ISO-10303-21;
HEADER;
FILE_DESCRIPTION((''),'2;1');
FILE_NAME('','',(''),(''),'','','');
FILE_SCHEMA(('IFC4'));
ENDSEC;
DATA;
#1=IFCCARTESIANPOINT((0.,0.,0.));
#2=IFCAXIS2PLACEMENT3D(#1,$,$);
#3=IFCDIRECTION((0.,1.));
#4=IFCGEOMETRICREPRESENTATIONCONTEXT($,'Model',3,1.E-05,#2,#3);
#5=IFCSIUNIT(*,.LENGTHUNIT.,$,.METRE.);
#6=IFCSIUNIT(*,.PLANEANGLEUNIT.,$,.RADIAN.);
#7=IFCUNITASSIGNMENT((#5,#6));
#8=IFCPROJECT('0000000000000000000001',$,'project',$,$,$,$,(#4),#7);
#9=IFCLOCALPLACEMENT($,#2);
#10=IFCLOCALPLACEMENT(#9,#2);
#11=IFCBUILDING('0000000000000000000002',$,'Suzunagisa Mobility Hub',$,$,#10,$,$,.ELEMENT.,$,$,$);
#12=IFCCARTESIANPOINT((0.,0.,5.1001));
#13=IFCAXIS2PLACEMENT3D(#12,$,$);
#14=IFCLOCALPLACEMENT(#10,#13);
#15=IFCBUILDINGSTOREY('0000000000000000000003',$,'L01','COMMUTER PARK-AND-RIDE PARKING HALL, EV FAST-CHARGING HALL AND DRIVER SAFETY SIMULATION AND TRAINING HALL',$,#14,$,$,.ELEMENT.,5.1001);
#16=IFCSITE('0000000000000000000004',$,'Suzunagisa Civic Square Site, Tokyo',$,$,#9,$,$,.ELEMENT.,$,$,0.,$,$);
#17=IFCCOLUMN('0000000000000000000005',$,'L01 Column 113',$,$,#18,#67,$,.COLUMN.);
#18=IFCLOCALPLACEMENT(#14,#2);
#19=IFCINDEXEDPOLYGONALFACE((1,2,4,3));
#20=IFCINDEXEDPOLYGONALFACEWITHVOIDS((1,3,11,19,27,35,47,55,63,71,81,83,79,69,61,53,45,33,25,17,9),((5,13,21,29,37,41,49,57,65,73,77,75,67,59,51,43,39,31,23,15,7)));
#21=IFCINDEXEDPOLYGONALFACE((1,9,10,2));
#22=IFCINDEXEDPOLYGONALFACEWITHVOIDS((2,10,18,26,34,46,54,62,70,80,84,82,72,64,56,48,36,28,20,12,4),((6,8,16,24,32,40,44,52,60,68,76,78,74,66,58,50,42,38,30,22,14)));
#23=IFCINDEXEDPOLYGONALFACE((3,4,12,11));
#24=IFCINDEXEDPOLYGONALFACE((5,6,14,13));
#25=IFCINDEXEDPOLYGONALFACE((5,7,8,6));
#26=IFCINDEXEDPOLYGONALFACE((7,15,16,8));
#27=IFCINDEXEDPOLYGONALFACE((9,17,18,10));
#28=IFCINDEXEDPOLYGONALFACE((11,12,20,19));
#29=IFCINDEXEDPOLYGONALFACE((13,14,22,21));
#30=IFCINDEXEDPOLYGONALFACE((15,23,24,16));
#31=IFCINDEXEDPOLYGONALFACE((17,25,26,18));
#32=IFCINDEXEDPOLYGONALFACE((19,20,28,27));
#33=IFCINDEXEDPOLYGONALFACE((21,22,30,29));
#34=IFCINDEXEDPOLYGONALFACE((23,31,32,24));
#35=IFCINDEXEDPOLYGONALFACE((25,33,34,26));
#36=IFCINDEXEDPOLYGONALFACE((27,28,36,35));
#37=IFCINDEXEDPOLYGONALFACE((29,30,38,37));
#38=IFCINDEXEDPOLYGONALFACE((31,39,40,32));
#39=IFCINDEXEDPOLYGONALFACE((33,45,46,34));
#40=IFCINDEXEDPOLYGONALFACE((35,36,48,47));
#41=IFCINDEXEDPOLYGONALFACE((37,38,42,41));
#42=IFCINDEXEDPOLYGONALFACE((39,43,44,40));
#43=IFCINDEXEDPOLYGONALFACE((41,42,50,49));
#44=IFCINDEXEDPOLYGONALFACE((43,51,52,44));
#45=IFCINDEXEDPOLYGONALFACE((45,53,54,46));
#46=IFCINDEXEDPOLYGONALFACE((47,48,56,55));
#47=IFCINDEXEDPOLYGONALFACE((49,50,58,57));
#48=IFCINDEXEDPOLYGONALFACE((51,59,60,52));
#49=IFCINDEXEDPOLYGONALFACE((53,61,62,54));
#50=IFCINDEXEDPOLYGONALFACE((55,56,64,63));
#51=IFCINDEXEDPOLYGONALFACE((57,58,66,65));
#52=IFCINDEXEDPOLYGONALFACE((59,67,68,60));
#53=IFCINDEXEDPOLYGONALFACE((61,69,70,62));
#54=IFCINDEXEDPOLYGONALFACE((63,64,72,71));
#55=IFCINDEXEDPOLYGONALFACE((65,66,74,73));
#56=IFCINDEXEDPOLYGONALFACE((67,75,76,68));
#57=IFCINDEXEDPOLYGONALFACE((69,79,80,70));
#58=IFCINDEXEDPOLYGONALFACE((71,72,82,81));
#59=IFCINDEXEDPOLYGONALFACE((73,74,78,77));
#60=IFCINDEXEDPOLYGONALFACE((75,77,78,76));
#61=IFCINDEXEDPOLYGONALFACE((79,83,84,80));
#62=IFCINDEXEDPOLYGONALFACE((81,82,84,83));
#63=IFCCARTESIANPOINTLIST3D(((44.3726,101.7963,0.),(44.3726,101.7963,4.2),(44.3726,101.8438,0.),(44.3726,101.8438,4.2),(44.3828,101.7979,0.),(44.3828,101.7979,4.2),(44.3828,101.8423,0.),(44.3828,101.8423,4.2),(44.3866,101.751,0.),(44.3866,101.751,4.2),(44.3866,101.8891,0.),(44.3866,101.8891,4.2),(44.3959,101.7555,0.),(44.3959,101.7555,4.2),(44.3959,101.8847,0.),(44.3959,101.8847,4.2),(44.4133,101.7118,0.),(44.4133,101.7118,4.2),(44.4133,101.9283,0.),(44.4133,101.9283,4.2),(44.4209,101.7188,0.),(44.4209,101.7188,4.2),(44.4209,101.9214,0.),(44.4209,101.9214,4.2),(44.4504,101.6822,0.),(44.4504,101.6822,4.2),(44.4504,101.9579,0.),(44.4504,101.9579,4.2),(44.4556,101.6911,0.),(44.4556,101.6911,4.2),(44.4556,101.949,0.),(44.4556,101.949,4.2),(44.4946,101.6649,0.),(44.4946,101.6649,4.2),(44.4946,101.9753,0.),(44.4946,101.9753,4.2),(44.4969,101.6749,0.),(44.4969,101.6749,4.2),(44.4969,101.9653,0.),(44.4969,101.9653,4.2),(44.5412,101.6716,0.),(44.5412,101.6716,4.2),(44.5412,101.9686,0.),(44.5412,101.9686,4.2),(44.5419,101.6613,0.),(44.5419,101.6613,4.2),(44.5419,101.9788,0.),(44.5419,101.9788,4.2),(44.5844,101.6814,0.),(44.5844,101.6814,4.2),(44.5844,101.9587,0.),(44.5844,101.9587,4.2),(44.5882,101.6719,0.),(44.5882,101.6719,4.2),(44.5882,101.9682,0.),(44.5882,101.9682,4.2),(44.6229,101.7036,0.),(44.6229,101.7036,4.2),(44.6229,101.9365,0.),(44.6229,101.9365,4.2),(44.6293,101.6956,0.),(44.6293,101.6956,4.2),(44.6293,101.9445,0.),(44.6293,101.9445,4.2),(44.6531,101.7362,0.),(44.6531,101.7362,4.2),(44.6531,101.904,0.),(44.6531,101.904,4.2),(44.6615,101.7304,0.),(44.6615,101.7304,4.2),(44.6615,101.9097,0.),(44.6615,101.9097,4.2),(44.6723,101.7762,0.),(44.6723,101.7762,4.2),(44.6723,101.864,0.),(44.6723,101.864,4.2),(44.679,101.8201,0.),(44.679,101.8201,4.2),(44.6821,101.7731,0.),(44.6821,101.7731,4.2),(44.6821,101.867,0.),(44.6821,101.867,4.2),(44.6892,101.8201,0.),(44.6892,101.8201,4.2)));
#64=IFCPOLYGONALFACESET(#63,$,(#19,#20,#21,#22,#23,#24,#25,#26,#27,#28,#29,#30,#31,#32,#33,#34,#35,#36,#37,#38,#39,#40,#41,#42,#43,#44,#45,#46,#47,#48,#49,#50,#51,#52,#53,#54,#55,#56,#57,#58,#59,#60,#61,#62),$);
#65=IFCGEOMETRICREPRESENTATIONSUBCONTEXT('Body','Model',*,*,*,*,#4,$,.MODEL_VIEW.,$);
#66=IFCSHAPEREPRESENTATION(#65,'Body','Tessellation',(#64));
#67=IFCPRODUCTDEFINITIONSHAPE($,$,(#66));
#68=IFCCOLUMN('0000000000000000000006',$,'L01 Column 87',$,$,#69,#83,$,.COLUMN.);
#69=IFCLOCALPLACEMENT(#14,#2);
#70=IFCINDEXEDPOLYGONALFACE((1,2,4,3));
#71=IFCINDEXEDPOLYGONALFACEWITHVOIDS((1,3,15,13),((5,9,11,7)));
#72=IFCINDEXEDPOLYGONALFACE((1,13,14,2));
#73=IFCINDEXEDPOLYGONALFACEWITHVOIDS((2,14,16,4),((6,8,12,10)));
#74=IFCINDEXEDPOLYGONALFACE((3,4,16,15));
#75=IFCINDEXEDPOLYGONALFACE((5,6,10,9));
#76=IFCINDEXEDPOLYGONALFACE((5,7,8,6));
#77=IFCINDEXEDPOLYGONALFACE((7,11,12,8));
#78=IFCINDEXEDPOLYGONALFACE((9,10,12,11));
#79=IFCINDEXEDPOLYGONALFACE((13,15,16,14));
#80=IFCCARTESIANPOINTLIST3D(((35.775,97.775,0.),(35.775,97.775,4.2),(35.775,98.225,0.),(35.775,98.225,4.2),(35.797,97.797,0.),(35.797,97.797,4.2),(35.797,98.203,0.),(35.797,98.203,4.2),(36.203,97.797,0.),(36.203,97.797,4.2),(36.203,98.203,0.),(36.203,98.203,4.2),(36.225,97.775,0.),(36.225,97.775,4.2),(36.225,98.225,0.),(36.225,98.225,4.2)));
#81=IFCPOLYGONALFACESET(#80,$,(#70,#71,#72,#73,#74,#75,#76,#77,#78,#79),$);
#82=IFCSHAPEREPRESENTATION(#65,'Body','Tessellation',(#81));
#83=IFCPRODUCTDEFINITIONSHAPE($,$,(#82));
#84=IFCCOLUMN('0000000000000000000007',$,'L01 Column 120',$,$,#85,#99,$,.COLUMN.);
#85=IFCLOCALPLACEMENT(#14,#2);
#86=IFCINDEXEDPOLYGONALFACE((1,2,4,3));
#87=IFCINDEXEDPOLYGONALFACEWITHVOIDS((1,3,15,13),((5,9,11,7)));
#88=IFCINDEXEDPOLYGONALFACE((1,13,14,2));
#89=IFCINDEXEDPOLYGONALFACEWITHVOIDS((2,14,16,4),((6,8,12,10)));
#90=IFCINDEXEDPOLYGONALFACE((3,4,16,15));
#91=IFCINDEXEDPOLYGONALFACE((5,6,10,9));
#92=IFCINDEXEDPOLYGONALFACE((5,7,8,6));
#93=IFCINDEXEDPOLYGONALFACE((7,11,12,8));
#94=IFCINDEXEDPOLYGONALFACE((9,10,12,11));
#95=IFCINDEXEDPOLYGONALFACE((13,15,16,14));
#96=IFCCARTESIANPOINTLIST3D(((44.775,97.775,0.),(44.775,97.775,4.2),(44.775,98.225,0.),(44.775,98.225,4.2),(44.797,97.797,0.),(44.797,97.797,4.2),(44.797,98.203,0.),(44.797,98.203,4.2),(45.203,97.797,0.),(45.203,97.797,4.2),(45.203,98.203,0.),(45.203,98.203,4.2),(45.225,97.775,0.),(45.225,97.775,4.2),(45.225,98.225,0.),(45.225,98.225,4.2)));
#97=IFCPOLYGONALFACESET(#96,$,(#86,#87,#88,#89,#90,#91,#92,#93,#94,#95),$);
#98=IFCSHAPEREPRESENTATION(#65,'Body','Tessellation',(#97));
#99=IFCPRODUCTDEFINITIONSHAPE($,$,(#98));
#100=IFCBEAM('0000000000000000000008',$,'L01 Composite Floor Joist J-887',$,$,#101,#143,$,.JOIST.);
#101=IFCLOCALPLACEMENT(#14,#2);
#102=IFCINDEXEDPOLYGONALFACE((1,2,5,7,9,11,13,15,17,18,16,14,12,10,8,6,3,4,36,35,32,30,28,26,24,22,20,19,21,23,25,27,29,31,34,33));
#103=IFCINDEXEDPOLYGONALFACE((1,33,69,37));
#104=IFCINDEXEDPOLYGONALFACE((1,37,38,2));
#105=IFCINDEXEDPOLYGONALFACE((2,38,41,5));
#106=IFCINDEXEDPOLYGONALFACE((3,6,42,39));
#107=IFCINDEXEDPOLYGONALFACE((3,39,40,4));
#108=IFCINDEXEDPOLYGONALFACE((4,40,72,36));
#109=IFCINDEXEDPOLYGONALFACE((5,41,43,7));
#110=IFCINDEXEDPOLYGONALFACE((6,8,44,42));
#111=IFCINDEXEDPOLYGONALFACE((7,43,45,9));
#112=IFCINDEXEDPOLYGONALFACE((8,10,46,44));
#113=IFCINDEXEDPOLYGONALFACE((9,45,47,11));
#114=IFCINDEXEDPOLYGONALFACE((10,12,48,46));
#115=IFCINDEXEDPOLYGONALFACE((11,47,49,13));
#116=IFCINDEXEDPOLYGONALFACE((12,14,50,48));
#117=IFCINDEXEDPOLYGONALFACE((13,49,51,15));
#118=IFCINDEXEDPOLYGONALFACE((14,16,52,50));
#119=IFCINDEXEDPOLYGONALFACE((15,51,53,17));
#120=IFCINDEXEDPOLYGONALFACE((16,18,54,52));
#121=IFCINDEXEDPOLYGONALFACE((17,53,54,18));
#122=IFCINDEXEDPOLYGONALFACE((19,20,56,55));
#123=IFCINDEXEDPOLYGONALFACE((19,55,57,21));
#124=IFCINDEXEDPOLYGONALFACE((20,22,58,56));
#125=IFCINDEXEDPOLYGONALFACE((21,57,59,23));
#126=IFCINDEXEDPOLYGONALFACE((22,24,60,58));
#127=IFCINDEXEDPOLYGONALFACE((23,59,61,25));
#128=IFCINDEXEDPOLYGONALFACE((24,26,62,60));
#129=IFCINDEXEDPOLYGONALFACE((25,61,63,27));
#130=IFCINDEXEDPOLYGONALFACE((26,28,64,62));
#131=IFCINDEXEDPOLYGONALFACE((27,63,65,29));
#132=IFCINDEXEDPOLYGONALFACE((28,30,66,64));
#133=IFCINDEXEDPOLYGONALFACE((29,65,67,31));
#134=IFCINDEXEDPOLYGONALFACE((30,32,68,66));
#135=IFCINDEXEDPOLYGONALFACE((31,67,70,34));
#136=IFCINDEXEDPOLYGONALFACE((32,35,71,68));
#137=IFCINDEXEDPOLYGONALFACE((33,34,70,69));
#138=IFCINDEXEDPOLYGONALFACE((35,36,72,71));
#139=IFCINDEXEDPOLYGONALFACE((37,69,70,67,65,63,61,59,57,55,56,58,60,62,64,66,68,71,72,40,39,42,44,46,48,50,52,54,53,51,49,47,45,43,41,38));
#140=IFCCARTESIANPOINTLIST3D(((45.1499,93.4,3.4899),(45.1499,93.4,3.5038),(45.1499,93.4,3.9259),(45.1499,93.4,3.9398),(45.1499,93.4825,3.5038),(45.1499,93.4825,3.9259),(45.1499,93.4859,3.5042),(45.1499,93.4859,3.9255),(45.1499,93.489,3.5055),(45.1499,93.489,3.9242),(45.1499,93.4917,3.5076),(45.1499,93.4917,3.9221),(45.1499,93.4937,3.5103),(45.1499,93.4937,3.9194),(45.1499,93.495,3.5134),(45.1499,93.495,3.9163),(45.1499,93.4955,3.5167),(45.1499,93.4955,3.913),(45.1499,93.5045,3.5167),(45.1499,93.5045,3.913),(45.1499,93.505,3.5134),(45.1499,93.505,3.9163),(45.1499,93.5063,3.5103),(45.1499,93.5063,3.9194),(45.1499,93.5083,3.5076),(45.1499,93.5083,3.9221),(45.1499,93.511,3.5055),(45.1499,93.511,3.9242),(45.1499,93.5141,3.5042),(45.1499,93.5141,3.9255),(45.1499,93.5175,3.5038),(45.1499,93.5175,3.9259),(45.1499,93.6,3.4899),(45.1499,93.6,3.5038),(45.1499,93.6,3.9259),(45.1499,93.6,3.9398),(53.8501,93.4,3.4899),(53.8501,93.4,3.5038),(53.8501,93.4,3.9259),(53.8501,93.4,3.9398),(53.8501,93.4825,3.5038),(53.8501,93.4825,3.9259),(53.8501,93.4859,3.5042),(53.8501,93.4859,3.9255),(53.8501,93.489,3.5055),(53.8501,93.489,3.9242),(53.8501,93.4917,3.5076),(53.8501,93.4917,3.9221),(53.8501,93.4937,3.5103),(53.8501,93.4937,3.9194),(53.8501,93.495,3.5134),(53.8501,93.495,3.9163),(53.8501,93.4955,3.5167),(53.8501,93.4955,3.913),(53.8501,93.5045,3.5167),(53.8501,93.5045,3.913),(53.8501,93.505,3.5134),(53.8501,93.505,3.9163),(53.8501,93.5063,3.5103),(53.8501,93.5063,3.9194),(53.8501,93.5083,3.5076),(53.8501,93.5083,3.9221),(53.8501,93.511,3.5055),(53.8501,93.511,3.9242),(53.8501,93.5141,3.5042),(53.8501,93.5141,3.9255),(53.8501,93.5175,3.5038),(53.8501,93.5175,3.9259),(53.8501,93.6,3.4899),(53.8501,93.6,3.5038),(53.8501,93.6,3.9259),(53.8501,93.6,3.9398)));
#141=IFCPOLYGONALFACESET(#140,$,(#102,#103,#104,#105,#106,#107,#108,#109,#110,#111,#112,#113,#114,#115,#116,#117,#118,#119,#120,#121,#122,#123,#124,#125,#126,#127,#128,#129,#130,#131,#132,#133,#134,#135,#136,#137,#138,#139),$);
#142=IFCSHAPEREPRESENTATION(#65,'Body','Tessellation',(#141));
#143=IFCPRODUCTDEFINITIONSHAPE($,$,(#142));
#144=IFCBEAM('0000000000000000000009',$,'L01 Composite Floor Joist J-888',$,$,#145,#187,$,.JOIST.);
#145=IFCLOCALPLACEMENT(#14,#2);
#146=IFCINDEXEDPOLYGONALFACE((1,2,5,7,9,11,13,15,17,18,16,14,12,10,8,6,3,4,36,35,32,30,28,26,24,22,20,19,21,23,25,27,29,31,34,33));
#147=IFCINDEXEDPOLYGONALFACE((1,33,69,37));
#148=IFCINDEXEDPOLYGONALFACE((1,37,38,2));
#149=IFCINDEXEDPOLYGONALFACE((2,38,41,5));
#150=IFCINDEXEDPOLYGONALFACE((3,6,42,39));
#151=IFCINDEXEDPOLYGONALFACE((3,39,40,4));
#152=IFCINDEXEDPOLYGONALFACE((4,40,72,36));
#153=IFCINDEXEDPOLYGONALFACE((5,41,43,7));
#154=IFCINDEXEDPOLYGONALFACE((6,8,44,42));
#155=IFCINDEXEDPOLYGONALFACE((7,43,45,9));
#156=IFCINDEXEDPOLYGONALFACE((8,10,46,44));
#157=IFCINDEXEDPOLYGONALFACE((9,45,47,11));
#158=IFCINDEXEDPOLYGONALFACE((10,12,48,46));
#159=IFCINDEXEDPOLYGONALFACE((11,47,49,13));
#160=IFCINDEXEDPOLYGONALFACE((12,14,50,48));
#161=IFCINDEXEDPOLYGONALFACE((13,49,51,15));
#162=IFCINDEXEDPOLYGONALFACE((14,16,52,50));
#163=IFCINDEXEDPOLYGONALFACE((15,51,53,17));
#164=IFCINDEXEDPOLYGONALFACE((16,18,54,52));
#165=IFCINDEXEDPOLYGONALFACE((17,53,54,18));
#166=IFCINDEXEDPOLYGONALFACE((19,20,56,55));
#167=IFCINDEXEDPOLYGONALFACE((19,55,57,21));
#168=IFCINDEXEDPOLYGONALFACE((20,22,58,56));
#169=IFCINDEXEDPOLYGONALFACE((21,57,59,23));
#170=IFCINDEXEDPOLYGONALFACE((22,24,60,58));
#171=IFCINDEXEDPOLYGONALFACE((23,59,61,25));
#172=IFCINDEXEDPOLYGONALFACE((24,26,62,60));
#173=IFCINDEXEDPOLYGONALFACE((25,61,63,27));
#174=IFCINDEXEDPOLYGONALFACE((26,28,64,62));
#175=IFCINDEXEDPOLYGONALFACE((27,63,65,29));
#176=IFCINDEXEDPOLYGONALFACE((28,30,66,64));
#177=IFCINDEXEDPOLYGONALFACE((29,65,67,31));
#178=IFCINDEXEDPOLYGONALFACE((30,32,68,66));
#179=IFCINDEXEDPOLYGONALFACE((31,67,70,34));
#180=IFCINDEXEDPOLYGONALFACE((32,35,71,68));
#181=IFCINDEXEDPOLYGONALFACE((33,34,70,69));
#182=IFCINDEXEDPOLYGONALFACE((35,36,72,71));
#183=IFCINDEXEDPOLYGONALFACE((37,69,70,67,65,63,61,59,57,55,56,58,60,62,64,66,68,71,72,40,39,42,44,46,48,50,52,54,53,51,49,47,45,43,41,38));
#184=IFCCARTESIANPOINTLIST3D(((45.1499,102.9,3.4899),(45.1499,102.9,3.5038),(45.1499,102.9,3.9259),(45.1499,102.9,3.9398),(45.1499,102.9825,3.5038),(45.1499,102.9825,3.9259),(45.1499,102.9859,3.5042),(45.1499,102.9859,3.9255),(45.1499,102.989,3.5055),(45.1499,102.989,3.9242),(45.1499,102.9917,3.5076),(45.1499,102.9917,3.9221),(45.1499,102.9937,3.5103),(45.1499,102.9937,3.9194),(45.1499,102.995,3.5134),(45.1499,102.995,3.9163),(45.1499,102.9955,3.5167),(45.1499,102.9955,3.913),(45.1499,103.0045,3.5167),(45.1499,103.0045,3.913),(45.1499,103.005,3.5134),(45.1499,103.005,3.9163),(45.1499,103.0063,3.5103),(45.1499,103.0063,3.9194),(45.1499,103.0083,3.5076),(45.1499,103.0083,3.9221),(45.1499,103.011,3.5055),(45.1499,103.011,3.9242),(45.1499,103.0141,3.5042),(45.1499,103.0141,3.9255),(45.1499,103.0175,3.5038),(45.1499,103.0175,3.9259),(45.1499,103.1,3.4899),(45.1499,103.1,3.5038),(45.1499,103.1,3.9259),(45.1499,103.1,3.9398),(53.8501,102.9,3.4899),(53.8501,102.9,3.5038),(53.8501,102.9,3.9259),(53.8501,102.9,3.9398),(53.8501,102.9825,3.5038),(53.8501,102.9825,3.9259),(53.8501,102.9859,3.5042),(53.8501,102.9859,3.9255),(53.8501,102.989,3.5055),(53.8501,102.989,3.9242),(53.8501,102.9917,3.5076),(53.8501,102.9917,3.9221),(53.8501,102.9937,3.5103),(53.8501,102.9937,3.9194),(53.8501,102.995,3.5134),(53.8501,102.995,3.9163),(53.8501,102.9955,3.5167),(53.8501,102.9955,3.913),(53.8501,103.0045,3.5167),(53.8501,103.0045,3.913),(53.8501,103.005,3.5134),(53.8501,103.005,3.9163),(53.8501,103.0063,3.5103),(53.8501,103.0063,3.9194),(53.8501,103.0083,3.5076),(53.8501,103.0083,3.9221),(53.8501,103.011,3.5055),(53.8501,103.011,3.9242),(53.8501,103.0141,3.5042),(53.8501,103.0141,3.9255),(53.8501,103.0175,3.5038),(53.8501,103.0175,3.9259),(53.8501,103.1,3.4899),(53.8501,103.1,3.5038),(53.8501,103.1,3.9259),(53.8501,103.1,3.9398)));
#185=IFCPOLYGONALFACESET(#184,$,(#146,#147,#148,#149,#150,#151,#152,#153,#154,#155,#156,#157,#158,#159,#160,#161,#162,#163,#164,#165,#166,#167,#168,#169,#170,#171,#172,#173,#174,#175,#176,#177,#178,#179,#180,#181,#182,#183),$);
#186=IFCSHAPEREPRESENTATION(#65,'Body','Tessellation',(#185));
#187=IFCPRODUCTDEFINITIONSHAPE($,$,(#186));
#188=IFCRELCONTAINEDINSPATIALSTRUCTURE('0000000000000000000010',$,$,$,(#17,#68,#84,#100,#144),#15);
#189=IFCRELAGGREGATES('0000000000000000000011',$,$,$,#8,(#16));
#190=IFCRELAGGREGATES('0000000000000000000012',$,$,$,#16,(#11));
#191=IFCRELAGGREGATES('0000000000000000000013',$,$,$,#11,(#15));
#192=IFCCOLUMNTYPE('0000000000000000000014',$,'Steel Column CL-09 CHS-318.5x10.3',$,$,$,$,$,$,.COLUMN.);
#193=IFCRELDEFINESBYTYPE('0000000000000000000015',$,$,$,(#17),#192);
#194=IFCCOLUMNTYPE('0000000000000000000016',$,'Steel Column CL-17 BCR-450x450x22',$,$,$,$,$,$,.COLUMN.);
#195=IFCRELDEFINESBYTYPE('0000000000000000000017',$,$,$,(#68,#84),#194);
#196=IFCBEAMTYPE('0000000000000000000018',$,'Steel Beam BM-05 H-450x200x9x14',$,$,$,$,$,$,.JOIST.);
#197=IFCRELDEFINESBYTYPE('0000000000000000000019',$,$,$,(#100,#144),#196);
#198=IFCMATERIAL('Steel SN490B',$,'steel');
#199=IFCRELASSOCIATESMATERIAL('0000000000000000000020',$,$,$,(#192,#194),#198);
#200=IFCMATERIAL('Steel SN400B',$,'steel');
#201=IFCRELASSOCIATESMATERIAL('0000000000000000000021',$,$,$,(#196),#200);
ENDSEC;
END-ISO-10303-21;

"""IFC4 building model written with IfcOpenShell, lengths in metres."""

from ifc_helpers import new_model, si_unit, direction, frame, origin, origin_2d, place, context, subcontext, project, spatial, hollow_rectangle, hollow_circle, i_section, extrude, material, material_profile, profile_set, type_object, element, save


model = new_model("IFC4")

# Units and contexts
model_context = context("Model", 3, precision=1e-05, world=origin(), true_north=direction((0.0, 1.0)))
body_context = subcontext(model_context, "Body", "Model", "MODEL_VIEW")
ifc_project = project(units=[si_unit("LENGTHUNIT", "METRE"), si_unit("PLANEANGLEUNIT", "RADIAN")], contexts=[model_context])

# Site, building, storey
site_placement = place(None, origin())
site = spatial("IfcSite", under=ifc_project, at=site_placement, Name="Suzunagisa Civic Square Site, Tokyo", CompositionType="ELEMENT", RefElevation=0.0)
building_placement = place(site_placement, origin())
building = spatial("IfcBuilding", under=site, at=building_placement, Name="Suzunagisa Mobility Hub", CompositionType="ELEMENT")
storey_placement = place(building_placement, frame((0.0, 0.0, 5.1001)))
storey = spatial("IfcBuildingStorey", under=building, at=storey_placement, Name="L01", Description="COMMUTER PARK-AND-RIDE PARKING HALL, EV FAST-CHARGING HALL AND DRIVER SAFETY SIMULATION AND TRAINING HALL", CompositionType="ELEMENT", Elevation=5.1001)

# Columns
ifc_material_1 = material(Name="Steel SN490B", Category="steel")
ifc_material_profile_1 = material_profile(ifc_material_1, hollow_circle(Radius=0.1592, WallThickness=0.0103, at=origin_2d()), Name="CHS-318.5x10.3")
ifc_profile_set_1 = profile_set([ifc_material_profile_1], Name="Steel SN490B")
column_type_1 = type_object("IfcColumnType", Name="Steel Column CL-09 CHS-318.5x10.3", PredefinedType="COLUMN", material=ifc_profile_set_1)
for number, where, z_axis, x_axis, name in (
    (1, (44.53, 101.8201, 0.0), (0.0, 0.0, 1.0), (1.0, 0.0, 0.0), "L01 Column 113"),
):
    element("IfcColumn", number, at=place(storey_placement, frame(where, z_axis=z_axis, x_axis=x_axis)), inside=storey, type_object=column_type_1, Name=name, PredefinedType="COLUMN", context=body_context, shape_type="SweptSolid", body=[
        extrude(hollow_circle(Radius=0.1592, WallThickness=0.0103, at=origin_2d()), origin(), (0.0, 0.0, 1.0), 4.2),
    ])
ifc_material_profile_2 = material_profile(ifc_material_1, hollow_rectangle(XDim=0.45, YDim=0.45, WallThickness=0.022, at=origin_2d()), Name="BCR-450x450x22")
ifc_profile_set_2 = profile_set([ifc_material_profile_2], Name="Steel SN490B")
column_type_2 = type_object("IfcColumnType", Name="Steel Column CL-17 BCR-450x450x22", PredefinedType="COLUMN", material=ifc_profile_set_2)
for number, where, z_axis, x_axis, name in (
    (2, (36.0, 98.0, 0.0), (0.0, 0.0, 1.0), (1.0, 0.0, 0.0), "L01 Column 87"),
    (3, (45.0, 98.0, 0.0), (0.0, 0.0, 1.0), (1.0, 0.0, 0.0), "L01 Column 120"),
):
    element("IfcColumn", number, at=place(storey_placement, frame(where, z_axis=z_axis, x_axis=x_axis)), inside=storey, type_object=column_type_2, Name=name, PredefinedType="COLUMN", context=body_context, shape_type="SweptSolid", body=[
        extrude(hollow_rectangle(XDim=0.45, YDim=0.45, WallThickness=0.022, at=origin_2d()), origin(), (0.0, 0.0, 1.0), 4.2),
    ])

# Beams
ifc_material_2 = material(Name="Steel SN400B", Category="steel")
ifc_material_profile_3 = material_profile(ifc_material_2, i_section(OverallWidth=0.2, OverallDepth=0.45, WebThickness=0.009, FlangeThickness=0.0139, FilletRadius=0.0129, at=origin_2d()), Name="H-450x200x9x14")
ifc_profile_set_3 = profile_set([ifc_material_profile_3], Name="Steel SN400B")
beam_type_1 = type_object("IfcBeamType", Name="Steel Beam BM-05 H-450x200x9x14", PredefinedType="JOIST", material=ifc_profile_set_3)
for number, where, z_axis, x_axis, name in (
    (4, (45.1499, 93.5, 3.7148), (1.0, 0.0, 0.0), (0.0, 1.0, 0.0), "L01 Composite Floor Joist J-887"),
    (5, (45.1499, 103.0, 3.7148), (1.0, 0.0, 0.0), (0.0, 1.0, 0.0), "L01 Composite Floor Joist J-888"),
):
    element("IfcBeam", number, at=place(storey_placement, frame(where, z_axis=z_axis, x_axis=x_axis)), inside=storey, type_object=beam_type_1, Name=name, PredefinedType="JOIST", context=body_context, shape_type="SweptSolid", body=[
        extrude(i_section(OverallWidth=0.2, OverallDepth=0.45, WebThickness=0.009, FlangeThickness=0.0139, FilletRadius=0.0129, at=origin_2d()), origin(), (0.0, 0.0, 1.0), 8.7002),
    ])

save(model, "model.ifc")
